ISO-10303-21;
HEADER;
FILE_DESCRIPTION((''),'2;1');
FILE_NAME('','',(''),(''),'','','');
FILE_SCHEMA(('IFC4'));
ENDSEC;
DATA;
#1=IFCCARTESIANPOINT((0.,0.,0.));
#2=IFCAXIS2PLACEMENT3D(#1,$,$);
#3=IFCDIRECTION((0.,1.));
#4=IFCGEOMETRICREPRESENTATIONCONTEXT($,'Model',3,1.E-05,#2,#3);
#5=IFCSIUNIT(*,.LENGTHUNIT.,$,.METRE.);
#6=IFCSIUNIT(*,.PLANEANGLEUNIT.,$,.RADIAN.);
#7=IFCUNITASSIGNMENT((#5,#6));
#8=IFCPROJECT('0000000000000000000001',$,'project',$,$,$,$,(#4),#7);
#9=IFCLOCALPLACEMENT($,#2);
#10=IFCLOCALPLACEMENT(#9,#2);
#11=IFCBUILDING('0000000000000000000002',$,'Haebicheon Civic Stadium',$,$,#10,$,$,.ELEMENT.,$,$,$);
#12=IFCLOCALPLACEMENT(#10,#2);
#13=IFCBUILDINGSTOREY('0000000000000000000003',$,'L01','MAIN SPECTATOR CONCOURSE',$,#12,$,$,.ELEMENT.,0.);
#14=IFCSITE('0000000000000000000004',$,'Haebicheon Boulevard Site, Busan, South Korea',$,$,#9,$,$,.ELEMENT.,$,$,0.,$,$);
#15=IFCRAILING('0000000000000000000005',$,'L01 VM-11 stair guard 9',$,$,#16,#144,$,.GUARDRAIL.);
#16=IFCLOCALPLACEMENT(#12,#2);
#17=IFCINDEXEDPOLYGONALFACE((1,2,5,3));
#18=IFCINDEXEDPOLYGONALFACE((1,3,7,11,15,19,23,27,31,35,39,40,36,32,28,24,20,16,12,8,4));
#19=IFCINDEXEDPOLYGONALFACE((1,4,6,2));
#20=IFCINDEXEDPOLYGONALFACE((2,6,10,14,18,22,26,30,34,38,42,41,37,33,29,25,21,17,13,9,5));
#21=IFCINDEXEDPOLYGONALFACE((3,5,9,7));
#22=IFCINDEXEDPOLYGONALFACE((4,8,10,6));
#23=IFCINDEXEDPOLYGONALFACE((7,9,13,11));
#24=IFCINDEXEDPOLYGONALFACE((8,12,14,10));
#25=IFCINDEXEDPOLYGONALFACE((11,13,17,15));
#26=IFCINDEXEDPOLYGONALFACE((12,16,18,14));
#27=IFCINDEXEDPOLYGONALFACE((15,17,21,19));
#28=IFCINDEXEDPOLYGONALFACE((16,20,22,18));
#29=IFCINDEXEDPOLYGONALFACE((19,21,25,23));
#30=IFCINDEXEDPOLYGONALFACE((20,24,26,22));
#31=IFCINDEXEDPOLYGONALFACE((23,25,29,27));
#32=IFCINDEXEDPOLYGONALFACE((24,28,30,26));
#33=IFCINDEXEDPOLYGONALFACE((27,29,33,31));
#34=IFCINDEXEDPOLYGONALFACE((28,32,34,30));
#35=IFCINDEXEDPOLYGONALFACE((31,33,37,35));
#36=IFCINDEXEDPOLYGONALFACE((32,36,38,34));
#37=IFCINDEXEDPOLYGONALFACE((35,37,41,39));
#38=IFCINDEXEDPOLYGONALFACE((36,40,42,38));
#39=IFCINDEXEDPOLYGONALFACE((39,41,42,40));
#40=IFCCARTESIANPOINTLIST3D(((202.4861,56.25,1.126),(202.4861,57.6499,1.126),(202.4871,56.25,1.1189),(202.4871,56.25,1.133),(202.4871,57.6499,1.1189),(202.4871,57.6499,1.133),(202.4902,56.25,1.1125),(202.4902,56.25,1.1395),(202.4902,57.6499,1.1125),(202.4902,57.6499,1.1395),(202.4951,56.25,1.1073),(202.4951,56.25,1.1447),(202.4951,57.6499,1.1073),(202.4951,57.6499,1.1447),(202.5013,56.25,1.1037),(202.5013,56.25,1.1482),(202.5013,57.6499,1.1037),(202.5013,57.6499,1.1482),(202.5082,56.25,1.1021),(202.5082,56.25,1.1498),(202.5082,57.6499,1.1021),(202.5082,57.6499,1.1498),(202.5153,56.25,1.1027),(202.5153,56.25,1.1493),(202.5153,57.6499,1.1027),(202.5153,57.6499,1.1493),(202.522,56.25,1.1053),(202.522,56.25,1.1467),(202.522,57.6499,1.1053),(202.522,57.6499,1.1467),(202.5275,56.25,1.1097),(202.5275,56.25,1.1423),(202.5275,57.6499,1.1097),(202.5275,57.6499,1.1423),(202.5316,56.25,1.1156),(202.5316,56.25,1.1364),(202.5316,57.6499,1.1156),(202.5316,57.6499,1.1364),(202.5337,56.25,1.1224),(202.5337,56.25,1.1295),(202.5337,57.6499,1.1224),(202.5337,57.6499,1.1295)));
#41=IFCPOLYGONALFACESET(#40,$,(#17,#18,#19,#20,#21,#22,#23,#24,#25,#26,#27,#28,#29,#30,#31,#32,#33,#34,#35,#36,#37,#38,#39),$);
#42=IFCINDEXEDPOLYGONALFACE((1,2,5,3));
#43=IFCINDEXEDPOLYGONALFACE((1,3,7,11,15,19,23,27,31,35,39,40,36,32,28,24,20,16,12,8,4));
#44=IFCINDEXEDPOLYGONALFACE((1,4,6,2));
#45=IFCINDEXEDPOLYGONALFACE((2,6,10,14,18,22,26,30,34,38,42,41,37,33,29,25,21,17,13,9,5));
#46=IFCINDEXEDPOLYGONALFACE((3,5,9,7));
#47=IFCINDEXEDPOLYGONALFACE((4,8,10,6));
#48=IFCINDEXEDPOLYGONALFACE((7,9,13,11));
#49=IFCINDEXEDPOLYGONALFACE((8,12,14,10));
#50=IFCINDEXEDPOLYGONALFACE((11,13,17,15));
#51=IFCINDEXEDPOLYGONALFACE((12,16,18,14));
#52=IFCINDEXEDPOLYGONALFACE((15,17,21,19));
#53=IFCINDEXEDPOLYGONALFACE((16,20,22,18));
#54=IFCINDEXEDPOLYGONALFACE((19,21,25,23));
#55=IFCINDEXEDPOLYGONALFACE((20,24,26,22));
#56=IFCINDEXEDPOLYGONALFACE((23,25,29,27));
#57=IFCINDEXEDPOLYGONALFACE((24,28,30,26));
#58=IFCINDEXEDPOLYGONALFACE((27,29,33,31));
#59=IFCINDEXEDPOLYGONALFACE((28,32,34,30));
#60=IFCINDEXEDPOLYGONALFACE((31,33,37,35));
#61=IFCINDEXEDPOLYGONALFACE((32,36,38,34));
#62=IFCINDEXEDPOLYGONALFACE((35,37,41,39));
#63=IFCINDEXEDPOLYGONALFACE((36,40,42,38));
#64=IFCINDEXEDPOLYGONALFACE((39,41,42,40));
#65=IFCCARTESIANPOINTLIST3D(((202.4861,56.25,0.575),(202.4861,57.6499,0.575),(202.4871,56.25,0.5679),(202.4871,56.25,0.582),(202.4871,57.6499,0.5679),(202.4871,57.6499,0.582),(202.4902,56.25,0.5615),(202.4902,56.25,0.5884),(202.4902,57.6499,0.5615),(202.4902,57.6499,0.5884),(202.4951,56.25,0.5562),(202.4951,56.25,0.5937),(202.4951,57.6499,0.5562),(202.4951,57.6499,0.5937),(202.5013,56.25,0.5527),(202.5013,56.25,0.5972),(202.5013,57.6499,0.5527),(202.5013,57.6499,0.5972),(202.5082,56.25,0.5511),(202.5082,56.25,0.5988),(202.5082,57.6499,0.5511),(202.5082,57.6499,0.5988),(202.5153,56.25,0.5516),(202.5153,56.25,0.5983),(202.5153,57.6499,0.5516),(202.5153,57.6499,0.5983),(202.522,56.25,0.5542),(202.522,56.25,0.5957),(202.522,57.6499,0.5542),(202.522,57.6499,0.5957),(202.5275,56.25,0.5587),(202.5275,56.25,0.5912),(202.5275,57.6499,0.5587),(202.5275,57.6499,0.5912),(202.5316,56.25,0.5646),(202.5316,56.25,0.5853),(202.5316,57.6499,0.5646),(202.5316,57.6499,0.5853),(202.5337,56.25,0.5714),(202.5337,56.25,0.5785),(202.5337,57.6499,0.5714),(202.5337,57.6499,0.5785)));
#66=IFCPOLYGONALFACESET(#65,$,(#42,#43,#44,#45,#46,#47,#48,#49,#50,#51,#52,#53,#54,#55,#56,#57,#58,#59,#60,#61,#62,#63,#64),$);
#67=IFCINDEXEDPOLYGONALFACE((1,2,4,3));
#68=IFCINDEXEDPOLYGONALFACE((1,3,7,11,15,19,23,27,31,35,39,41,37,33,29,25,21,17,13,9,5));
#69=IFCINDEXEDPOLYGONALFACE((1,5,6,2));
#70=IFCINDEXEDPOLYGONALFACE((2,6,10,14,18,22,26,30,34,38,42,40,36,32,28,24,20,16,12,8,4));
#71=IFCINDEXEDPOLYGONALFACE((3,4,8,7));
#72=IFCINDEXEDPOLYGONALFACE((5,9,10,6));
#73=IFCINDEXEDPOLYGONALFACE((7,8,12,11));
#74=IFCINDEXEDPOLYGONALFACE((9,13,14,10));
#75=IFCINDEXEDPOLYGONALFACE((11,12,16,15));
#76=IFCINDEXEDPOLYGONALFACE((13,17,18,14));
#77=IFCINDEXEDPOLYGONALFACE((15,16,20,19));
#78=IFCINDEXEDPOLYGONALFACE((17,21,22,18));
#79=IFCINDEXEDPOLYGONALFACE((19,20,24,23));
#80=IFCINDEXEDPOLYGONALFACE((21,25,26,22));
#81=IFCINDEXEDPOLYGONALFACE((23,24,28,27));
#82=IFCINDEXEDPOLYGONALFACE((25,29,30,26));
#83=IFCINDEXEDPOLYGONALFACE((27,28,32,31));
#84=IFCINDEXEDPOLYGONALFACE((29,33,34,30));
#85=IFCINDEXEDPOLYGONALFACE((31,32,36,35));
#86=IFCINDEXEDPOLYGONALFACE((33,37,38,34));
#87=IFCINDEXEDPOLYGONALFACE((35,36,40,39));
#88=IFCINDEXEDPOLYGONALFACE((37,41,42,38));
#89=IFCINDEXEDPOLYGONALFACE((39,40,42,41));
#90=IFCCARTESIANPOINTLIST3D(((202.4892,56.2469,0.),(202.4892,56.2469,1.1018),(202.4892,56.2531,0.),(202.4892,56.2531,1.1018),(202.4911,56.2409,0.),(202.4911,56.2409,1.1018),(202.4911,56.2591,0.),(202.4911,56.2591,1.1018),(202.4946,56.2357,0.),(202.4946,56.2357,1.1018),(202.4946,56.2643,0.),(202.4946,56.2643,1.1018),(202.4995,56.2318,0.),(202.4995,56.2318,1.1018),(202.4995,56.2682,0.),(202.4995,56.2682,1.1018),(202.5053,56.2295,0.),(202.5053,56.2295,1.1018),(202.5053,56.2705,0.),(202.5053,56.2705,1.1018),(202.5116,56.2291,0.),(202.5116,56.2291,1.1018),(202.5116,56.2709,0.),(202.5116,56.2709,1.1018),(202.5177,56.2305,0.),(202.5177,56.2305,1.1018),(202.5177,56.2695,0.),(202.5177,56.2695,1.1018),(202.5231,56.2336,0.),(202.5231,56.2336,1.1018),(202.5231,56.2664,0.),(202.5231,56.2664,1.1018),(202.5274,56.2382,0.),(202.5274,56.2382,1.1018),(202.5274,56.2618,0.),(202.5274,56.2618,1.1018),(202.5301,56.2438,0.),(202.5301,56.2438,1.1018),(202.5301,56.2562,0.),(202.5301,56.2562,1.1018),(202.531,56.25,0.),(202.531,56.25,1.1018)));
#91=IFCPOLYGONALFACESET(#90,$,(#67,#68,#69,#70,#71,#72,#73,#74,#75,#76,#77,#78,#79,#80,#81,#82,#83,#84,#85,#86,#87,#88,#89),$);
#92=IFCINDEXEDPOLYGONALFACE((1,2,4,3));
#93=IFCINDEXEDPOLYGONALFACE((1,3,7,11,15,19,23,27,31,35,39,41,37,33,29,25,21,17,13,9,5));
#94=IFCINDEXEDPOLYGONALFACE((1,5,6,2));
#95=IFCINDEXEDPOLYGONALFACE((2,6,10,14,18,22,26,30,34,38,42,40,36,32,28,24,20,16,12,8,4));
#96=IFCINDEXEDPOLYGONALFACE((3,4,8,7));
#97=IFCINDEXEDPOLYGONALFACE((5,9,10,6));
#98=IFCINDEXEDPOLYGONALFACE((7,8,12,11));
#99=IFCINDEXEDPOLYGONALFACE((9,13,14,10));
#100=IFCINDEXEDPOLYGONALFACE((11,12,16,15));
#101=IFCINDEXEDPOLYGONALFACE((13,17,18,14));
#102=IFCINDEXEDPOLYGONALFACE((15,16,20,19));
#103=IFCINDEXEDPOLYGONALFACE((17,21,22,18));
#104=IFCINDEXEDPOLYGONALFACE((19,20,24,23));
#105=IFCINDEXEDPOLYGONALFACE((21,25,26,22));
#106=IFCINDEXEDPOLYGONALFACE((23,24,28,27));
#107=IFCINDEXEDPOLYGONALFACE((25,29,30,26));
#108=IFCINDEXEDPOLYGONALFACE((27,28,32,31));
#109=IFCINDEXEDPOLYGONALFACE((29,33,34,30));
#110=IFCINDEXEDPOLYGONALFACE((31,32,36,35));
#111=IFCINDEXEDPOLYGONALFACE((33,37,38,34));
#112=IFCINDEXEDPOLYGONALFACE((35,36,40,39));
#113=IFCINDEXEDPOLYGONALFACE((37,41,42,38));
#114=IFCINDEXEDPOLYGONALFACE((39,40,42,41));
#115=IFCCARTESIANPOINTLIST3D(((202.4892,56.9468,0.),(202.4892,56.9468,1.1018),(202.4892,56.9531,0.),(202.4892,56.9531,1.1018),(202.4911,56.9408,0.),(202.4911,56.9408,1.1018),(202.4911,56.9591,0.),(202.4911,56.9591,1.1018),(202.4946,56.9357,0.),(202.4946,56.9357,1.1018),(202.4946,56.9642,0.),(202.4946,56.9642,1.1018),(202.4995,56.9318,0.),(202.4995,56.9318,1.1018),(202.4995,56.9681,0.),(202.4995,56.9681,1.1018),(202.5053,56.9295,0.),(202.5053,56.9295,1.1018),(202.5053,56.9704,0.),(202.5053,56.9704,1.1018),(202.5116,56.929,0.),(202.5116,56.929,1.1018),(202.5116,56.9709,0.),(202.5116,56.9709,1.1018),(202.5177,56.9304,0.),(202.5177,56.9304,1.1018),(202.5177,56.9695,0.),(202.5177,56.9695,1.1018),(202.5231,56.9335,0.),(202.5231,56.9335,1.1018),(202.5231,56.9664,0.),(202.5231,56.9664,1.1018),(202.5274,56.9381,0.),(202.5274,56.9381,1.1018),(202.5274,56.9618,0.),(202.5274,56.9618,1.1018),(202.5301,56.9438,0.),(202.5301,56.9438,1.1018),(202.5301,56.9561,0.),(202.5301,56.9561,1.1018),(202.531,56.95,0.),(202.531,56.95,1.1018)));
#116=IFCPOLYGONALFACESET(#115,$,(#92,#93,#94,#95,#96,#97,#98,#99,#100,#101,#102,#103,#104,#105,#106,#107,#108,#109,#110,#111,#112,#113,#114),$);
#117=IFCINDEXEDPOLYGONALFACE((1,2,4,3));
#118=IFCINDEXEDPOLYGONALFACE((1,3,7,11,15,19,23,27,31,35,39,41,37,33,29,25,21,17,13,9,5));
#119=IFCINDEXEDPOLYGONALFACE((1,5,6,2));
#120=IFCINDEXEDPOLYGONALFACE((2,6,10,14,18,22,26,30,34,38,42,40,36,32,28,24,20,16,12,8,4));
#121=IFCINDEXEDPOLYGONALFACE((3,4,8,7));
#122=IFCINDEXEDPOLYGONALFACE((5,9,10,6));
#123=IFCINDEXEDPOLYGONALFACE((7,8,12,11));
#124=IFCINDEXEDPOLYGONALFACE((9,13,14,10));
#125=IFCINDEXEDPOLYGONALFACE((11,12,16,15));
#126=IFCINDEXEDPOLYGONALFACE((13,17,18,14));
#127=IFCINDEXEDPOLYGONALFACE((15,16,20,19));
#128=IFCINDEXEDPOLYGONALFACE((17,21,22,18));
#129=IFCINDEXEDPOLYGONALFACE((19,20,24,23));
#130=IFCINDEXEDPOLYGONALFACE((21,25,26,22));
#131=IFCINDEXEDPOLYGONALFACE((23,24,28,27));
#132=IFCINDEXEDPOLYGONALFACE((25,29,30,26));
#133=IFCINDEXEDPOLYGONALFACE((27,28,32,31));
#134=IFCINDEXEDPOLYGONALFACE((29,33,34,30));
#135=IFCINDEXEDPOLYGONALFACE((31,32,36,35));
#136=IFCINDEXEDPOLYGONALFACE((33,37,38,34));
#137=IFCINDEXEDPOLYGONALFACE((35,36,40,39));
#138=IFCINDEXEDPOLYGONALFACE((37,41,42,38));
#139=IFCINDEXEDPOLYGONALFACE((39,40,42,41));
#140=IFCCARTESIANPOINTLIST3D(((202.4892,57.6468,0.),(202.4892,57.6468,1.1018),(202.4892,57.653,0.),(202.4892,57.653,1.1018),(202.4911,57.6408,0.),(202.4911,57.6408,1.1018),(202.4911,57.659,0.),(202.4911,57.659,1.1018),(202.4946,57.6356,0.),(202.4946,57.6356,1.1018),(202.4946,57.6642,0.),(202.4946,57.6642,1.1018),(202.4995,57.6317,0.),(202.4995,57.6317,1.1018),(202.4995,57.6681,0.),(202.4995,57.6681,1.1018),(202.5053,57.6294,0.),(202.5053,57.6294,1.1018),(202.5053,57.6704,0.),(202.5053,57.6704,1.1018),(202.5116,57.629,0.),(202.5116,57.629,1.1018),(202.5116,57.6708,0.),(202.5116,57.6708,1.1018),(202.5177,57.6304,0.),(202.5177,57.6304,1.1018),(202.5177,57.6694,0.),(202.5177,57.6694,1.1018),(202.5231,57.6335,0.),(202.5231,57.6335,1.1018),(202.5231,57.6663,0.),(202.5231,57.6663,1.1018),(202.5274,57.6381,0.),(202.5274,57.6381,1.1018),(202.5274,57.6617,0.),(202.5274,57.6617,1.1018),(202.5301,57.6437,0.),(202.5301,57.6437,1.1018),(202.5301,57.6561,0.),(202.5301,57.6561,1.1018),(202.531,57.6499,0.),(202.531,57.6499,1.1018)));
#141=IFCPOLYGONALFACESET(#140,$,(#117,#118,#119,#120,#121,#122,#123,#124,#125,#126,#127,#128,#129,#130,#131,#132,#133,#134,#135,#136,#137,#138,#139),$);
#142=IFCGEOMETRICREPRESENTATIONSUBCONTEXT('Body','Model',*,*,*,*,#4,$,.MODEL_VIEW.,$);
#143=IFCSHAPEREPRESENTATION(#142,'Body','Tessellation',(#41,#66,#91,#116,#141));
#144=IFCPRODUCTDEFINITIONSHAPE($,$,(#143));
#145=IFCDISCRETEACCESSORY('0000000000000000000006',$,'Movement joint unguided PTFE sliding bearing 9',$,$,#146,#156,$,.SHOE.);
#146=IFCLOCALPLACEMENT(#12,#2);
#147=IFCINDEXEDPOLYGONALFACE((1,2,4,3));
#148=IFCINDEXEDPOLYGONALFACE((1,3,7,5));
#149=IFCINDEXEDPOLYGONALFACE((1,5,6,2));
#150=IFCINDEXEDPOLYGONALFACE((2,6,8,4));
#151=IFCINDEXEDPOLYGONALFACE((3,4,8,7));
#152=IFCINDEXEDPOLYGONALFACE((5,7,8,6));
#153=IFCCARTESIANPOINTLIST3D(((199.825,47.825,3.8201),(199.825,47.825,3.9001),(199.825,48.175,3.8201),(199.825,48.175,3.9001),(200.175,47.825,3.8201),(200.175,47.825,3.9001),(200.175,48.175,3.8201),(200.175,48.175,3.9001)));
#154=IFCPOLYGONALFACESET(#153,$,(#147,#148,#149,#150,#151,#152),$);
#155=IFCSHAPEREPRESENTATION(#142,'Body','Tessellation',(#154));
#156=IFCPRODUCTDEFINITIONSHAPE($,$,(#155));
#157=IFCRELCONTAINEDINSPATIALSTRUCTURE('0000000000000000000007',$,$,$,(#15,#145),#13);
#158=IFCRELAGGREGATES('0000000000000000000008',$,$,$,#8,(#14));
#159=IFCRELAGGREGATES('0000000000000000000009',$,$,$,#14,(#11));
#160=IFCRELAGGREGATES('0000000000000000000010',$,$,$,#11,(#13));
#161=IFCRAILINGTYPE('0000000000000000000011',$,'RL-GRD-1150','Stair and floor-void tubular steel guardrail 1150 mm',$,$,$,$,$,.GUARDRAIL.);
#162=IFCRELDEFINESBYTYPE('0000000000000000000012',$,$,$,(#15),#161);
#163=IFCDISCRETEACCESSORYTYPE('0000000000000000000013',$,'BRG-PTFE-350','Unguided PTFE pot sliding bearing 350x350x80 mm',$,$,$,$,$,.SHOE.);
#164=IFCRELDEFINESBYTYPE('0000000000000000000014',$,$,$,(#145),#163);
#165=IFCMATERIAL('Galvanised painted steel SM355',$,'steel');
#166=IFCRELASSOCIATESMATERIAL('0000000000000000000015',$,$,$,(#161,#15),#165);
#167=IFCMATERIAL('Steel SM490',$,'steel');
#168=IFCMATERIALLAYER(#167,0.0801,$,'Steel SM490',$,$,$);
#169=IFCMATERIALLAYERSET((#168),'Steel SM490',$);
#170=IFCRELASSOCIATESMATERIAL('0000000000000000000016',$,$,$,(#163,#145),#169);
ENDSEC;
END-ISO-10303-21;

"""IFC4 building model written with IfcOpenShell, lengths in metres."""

from ifc_helpers import new_model, si_unit, direction, frame, origin, origin_2d, place, context, subcontext, project, spatial, rectangle, circle, extrude, material, layer, layer_set, type_object, element, save


model = new_model("IFC4")

# Units and contexts
model_context = context("Model", 3, precision=1e-05, world=origin(), true_north=direction((0.0, 1.0)))
body_context = subcontext(model_context, "Body", "Model", "MODEL_VIEW")
ifc_project = project(units=[si_unit("LENGTHUNIT", "METRE"), si_unit("PLANEANGLEUNIT", "RADIAN")], contexts=[model_context])

# Site, building, storey
site_placement = place(None, origin())
site = spatial("IfcSite", under=ifc_project, at=site_placement, Name="Haebicheon Boulevard Site, Busan, South Korea", CompositionType="ELEMENT", RefElevation=0.0)
building_placement = place(site_placement, origin())
building = spatial("IfcBuilding", under=site, at=building_placement, Name="Haebicheon Civic Stadium", CompositionType="ELEMENT")
storey_placement = place(building_placement, origin())
storey = spatial("IfcBuildingStorey", under=building, at=storey_placement, Name="L01", Description="MAIN SPECTATOR CONCOURSE", CompositionType="ELEMENT", Elevation=0.0)

# Railing
ifc_material_1 = material(Name="Galvanised painted steel SM355", Category="steel")
railing_type_1 = type_object("IfcRailingType", Name="RL-GRD-1150", Description="Stair and floor-void tubular steel guardrail 1150 mm", PredefinedType="GUARDRAIL", material=ifc_material_1)
railing_1_placement = place(storey_placement, frame((202.51, 56.25, 0.0)))
element("IfcRailing", 1, at=railing_1_placement, inside=storey, type_object=railing_type_1, material=ifc_material_1, Name="L01 VM-11 stair guard 9", PredefinedType="GUARDRAIL", context=body_context, shape_type="SweptSolid", body=[
    extrude(circle(Radius=0.0239, at=origin_2d()), frame((0.0, 0.0, 1.126), z_axis=(0.0, 1.0, 0.0), x_axis=(-1.0, 0.0, 0.0)), (0.0, 0.0, 1.0), 1.3999),
    extrude(circle(Radius=0.0239, at=origin_2d()), frame((0.0, 0.0, 0.575), z_axis=(0.0, 1.0, 0.0), x_axis=(-1.0, 0.0, 0.0)), (0.0, 0.0, 1.0), 1.3999),
    extrude(circle(Radius=0.021, at=origin_2d()), origin(), (0.0, 0.0, 1.0), 1.1018),
    extrude(circle(Radius=0.021, at=origin_2d()), frame((0.0, 0.7, 0.0)), (0.0, 0.0, 1.0), 1.1018),
    extrude(circle(Radius=0.021, at=origin_2d()), frame((0.0, 1.3999, 0.0)), (0.0, 0.0, 1.0), 1.1018),
])

# Discrete accessory
ifc_material_2 = material(Name="Steel SM490", Category="steel")
ifc_layer_1 = layer(ifc_material_2, 0.0801, Name="Steel SM490")
ifc_layer_set_1 = layer_set([ifc_layer_1], Name="Steel SM490")
discrete_accessory_type = type_object("IfcDiscreteAccessoryType", Name="BRG-PTFE-350", Description="Unguided PTFE pot sliding bearing 350x350x80 mm", PredefinedType="SHOE", material=ifc_layer_set_1)
discrete_accessory_placement = place(storey_placement, frame((200.0, 48.0, 3.8201), z_axis=(0.0, 0.0, 1.0), x_axis=(1.0, 0.0, 0.0)))
element("IfcDiscreteAccessory", 2, at=discrete_accessory_placement, inside=storey, type_object=discrete_accessory_type, material=ifc_layer_set_1, Name="Movement joint unguided PTFE sliding bearing 9", PredefinedType="SHOE", context=body_context, shape_type="SweptSolid", body=[
    extrude(rectangle(XDim=0.3501, YDim=0.3501, at=origin_2d()), origin(), (0.0, 0.0, 1.0), 0.0801),
])

save(model, "model.ifc")
